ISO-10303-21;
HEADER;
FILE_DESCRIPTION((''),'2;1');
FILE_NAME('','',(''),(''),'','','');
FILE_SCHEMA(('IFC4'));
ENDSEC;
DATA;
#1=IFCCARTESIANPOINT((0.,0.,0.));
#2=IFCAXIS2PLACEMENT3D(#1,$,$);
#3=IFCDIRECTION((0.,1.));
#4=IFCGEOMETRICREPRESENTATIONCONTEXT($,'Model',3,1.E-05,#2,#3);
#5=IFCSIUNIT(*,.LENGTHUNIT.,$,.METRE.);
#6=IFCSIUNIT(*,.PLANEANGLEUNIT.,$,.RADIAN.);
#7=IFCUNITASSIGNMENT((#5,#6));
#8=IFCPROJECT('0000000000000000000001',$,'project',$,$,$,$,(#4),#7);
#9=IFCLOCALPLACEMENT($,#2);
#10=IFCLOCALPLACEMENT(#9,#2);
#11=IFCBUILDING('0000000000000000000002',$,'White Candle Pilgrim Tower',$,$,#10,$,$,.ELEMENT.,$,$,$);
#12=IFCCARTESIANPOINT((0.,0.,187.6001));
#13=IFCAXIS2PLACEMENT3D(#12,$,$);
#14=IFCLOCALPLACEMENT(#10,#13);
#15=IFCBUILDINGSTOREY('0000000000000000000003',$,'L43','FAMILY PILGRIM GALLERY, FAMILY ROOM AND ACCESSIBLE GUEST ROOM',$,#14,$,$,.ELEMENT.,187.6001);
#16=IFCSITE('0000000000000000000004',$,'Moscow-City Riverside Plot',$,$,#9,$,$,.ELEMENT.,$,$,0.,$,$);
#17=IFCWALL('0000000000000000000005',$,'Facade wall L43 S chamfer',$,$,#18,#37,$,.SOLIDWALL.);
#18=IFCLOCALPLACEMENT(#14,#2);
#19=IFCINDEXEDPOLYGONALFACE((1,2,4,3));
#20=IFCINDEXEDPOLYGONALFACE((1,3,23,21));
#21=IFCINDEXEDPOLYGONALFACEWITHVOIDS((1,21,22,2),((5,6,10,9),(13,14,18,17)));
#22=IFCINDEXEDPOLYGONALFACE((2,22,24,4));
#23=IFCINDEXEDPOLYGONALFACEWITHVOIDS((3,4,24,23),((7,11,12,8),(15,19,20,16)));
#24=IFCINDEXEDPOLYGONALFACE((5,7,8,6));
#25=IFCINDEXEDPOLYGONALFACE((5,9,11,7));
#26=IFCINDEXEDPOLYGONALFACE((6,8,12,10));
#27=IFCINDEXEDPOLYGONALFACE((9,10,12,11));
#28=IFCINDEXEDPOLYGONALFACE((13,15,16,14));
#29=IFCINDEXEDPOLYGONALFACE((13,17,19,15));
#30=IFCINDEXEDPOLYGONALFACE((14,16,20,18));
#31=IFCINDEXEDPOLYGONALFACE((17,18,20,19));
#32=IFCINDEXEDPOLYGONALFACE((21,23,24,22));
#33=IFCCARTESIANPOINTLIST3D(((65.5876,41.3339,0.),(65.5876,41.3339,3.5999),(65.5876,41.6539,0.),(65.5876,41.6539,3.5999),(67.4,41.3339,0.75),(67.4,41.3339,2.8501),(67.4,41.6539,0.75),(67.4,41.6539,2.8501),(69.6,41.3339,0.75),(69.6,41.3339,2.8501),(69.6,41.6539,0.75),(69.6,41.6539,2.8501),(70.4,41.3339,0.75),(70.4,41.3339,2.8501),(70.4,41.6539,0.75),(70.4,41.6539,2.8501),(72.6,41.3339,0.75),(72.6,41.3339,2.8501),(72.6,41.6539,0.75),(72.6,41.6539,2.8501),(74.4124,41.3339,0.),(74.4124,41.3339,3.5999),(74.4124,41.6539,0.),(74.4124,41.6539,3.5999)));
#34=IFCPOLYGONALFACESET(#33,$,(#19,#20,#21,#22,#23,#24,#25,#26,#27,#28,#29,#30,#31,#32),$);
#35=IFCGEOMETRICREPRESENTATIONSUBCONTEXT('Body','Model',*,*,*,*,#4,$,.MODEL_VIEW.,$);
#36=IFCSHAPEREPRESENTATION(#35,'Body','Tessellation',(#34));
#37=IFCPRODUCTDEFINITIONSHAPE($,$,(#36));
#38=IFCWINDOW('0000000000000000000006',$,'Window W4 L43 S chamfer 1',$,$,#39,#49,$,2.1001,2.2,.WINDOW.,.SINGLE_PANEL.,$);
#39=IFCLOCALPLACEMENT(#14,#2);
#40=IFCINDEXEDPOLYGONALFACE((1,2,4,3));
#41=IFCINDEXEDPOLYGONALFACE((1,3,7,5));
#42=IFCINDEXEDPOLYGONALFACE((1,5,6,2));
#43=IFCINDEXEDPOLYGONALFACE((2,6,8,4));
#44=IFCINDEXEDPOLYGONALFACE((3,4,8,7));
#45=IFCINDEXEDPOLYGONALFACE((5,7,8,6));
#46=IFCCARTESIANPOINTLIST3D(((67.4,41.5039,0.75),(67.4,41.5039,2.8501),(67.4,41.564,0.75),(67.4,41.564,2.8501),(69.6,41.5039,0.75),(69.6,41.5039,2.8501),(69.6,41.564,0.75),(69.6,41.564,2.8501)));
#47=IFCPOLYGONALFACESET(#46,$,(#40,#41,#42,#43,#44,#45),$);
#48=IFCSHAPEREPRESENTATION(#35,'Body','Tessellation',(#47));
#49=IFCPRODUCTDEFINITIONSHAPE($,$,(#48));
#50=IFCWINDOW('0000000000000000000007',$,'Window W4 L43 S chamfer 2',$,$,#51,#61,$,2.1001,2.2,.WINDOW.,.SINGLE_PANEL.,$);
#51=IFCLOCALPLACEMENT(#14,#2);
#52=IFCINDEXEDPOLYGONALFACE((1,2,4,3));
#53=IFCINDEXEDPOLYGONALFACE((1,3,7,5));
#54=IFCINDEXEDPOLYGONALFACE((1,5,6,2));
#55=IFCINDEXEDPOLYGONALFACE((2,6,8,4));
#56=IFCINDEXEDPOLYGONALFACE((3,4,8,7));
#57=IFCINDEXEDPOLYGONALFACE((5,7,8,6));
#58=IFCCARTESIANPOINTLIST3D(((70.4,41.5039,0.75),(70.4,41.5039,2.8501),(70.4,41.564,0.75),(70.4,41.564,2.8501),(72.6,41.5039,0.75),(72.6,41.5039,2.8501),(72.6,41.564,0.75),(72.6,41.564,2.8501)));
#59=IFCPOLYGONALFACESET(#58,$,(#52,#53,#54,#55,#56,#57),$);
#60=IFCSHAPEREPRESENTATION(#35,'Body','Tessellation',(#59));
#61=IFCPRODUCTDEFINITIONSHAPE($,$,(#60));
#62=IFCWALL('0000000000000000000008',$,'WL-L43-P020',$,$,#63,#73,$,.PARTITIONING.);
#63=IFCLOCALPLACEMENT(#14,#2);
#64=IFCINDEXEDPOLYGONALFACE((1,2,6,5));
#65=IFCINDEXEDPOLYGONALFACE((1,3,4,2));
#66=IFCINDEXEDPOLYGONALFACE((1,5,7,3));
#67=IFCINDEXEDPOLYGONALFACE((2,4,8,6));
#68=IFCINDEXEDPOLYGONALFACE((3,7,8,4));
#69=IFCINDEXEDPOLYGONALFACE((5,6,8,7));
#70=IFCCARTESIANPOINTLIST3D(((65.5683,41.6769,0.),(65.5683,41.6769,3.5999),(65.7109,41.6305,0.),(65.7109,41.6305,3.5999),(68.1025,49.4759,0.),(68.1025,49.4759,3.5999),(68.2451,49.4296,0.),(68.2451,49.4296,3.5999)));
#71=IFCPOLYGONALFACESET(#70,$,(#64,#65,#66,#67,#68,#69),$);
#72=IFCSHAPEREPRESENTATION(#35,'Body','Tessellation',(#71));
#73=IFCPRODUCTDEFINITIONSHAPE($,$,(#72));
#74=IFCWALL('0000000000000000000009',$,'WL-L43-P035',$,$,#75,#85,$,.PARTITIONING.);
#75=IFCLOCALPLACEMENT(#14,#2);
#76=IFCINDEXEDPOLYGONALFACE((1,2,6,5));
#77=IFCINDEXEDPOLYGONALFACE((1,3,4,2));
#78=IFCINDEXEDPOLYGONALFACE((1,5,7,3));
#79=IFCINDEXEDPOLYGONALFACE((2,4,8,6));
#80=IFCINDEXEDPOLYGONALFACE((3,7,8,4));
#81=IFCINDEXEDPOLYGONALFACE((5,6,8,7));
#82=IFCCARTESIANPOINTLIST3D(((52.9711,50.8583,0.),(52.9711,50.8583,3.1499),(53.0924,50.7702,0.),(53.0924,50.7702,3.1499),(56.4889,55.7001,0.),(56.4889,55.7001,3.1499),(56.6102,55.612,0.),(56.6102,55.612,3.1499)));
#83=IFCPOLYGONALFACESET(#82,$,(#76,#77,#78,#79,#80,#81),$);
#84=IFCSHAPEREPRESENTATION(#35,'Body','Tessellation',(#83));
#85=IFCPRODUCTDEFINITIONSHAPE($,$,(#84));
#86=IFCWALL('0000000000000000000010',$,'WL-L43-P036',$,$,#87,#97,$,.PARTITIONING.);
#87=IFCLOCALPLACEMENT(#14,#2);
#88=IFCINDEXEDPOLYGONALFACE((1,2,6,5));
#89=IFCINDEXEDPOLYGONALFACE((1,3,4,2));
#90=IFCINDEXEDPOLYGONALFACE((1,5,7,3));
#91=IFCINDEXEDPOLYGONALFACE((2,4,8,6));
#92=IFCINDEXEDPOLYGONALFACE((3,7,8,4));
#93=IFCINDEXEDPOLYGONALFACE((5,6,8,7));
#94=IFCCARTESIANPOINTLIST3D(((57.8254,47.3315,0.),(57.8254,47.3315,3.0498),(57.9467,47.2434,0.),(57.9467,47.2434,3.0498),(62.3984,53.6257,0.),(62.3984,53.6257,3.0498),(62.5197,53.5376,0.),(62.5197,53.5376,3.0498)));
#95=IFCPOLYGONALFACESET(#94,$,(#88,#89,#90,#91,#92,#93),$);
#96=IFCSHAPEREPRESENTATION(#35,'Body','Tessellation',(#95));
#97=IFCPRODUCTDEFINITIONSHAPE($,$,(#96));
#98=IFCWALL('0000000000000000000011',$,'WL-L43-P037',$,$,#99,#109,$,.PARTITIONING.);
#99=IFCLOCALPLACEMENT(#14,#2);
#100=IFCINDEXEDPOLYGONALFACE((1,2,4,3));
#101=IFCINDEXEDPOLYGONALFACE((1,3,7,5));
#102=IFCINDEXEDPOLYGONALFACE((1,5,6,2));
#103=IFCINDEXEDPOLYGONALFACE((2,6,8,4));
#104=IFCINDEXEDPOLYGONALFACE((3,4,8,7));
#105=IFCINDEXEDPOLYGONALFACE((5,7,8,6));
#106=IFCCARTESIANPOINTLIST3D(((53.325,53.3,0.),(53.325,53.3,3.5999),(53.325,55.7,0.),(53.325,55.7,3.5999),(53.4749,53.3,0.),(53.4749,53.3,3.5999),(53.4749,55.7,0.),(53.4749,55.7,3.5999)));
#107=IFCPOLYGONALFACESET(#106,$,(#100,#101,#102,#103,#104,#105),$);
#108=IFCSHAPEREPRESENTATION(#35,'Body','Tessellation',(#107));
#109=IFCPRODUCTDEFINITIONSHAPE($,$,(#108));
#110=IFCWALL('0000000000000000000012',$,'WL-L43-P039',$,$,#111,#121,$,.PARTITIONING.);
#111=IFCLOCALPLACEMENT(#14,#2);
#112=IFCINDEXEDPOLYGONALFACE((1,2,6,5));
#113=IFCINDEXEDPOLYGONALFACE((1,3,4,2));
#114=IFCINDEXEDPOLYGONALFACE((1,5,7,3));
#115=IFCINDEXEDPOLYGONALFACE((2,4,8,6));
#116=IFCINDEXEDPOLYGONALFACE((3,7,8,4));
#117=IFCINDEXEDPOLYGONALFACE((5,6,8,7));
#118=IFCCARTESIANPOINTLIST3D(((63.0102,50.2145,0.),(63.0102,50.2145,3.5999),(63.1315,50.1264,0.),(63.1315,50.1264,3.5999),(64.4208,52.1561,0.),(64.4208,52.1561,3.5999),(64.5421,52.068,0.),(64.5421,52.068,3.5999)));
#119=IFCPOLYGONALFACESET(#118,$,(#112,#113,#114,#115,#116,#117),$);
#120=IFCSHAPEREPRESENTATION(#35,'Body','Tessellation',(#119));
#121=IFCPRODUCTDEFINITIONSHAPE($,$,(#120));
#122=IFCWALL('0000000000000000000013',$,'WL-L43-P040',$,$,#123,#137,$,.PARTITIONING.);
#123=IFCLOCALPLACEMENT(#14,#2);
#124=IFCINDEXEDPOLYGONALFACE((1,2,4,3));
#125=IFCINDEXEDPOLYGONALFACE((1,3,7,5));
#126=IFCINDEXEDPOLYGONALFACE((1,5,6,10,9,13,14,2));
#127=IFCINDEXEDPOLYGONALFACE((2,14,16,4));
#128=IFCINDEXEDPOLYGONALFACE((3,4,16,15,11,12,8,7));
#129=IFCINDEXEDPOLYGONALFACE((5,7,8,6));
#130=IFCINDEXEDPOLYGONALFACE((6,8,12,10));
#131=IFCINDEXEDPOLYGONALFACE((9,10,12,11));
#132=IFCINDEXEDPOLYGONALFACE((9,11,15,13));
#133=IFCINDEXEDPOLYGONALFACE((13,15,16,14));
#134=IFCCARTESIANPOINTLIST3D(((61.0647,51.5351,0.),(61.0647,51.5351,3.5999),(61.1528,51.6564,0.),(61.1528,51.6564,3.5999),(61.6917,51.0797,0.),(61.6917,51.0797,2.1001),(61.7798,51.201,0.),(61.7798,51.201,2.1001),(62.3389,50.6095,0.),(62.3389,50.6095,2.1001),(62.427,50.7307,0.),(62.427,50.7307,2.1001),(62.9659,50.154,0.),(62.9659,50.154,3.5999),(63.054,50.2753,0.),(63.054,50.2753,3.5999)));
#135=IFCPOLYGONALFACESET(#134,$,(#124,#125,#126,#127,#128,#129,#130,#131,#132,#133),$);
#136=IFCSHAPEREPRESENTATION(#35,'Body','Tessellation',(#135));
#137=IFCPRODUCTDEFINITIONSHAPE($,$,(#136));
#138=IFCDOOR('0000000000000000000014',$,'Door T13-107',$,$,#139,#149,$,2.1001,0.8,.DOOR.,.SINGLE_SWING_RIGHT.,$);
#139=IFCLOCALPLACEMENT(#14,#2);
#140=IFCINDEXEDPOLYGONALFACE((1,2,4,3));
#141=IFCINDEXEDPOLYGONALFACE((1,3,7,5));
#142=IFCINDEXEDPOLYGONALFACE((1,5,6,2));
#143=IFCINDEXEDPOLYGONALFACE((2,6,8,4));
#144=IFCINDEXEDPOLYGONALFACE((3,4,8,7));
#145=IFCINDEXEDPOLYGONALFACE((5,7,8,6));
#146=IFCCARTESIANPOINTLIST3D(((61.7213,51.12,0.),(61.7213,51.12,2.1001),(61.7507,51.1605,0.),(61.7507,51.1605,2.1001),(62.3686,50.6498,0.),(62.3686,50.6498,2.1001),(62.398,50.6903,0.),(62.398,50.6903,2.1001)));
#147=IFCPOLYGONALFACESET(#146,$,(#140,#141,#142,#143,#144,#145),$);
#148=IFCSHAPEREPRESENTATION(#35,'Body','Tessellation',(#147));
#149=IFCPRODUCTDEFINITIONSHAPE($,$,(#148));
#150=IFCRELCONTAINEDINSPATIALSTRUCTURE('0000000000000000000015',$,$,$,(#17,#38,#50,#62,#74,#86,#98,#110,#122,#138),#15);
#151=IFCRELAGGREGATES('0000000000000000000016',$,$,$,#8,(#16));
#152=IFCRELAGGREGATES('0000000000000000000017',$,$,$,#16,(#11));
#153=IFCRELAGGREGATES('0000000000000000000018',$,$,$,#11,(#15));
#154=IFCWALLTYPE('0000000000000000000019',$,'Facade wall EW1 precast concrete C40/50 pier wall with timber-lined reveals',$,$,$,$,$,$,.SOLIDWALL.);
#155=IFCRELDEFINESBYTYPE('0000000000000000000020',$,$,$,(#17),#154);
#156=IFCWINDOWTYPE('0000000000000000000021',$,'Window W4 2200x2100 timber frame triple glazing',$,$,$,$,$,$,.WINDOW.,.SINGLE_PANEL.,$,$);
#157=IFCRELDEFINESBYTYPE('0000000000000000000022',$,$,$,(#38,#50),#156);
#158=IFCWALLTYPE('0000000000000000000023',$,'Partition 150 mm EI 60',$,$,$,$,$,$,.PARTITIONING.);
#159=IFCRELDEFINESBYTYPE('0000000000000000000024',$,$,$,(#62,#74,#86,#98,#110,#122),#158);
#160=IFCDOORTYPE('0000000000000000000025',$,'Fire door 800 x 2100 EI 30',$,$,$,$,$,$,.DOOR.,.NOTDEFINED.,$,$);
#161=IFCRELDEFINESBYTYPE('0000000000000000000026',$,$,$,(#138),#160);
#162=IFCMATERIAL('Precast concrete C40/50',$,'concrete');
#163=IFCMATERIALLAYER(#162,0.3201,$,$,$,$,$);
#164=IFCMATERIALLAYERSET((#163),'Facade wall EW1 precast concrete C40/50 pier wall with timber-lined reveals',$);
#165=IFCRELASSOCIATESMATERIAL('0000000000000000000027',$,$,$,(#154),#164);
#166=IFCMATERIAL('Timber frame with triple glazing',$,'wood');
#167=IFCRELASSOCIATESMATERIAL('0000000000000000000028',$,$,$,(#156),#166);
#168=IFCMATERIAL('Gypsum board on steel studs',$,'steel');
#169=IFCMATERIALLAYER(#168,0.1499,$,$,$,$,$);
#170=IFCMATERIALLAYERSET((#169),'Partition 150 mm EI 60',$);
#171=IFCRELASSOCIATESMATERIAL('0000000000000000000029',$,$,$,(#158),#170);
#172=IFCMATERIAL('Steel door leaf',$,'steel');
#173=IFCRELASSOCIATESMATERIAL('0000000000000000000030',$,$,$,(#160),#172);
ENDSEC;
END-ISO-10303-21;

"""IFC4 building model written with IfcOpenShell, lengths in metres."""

from ifc_helpers import new_model, si_unit, direction, frame, frame_2d, origin, place, context, subcontext, project, spatial, rectangle, extrude, material, layer, layer_set, type_object, element, fill, save


model = new_model("IFC4")

# Units and contexts
model_context = context("Model", 3, precision=1e-05, world=origin(), true_north=direction((0.0, 1.0)))
body_context = subcontext(model_context, "Body", "Model", "MODEL_VIEW")
ifc_project = project(units=[si_unit("LENGTHUNIT", "METRE"), si_unit("PLANEANGLEUNIT", "RADIAN")], contexts=[model_context])

# Site, building, storey
site_placement = place(None, origin())
site = spatial("IfcSite", under=ifc_project, at=site_placement, Name="Moscow-City Riverside Plot", CompositionType="ELEMENT", RefElevation=0.0)
building_placement = place(site_placement, origin())
building = spatial("IfcBuilding", under=site, at=building_placement, Name="White Candle Pilgrim Tower", CompositionType="ELEMENT")
storey_placement = place(building_placement, frame((0.0, 0.0, 187.6001)))
storey = spatial("IfcBuildingStorey", under=building, at=storey_placement, Name="L43", Description="FAMILY PILGRIM GALLERY, FAMILY ROOM AND ACCESSIBLE GUEST ROOM", CompositionType="ELEMENT", Elevation=187.6001)

# Wall, openings, windows
ifc_material_1 = material(Name="Precast concrete C40/50", Category="concrete")
ifc_layer_1 = layer(ifc_material_1, 0.3201)
ifc_layer_set_1 = layer_set([ifc_layer_1], Name="Facade wall EW1 precast concrete C40/50 pier wall with timber-lined reveals")
wall_type_1 = type_object("IfcWallType", Name="Facade wall EW1 precast concrete C40/50 pier wall with timber-lined reveals", PredefinedType="SOLIDWALL", material=ifc_layer_set_1)
wall_1_placement = place(storey_placement, frame((65.5876, 41.4939, 0.0), z_axis=(0.0, 0.0, 1.0), x_axis=(1.0, 0.0, 0.0)))
wall_1 = element("IfcWall", 1, at=wall_1_placement, inside=storey, type_object=wall_type_1, Name="Facade wall L43 S chamfer", PredefinedType="SOLIDWALL", context=body_context, shape_type="SweptSolid", body=[
    extrude(rectangle(XDim=8.8247, YDim=0.3201, at=frame_2d((4.4124, 0.0))), origin(), (0.0, 0.0, 1.0), 3.5999),
])
opening_1_placement = place(wall_1_placement, frame((1.8123, 0.0, 0.75)))
opening_1 = element("IfcOpeningElement", 2, at=opening_1_placement, cuts=wall_1, PredefinedType="OPENING", context=body_context, shape_type="SweptSolid", body=[
    extrude(rectangle(XDim=2.2, YDim=2.1001, at=frame_2d((1.1001, 1.05))), frame((0.0, 0.1699, 0.0), z_axis=(0.0, -1.0, 0.0), x_axis=(1.0, 0.0, 0.0)), (0.0, 0.0, 1.0), 0.3401),
])
opening_2_placement = place(wall_1_placement, frame((4.8123, 0.0, 0.75)))
opening_2 = element("IfcOpeningElement", 3, at=opening_2_placement, cuts=wall_1, PredefinedType="OPENING", context=body_context, shape_type="SweptSolid", body=[
    extrude(rectangle(XDim=2.2, YDim=2.1001, at=frame_2d((1.1001, 1.05))), frame((0.0, 0.1699, 0.0), z_axis=(0.0, -1.0, 0.0), x_axis=(1.0, 0.0, 0.0)), (0.0, 0.0, 1.0), 0.3401),
])
ifc_material_2 = material(Name="Timber frame with triple glazing", Category="wood")
window_type = type_object("IfcWindowType", Name="Window W4 2200x2100 timber frame triple glazing", PartitioningType="SINGLE_PANEL", PredefinedType="WINDOW", material=ifc_material_2)
window_1_placement = place(opening_1_placement, origin())
window_1 = element("IfcWindow", 4, at=window_1_placement, inside=storey, type_object=window_type, Name="Window W4 L43 S chamfer 1", OverallHeight=2.1001, OverallWidth=2.2, PartitioningType="SINGLE_PANEL", PredefinedType="WINDOW", context=body_context, shape_type="SweptSolid", body=[
    extrude(rectangle(XDim=2.2, YDim=2.1001, at=frame_2d((1.1001, 1.05))), frame((0.0, 0.0701, 0.0), z_axis=(0.0, -1.0, 0.0), x_axis=(1.0, 0.0, 0.0)), (0.0, 0.0, 1.0), 0.0601),
])
fill(opening_1, window_1)
window_2_placement = place(opening_2_placement, origin())
window_2 = element("IfcWindow", 5, at=window_2_placement, inside=storey, type_object=window_type, Name="Window W4 L43 S chamfer 2", OverallHeight=2.1001, OverallWidth=2.2, PartitioningType="SINGLE_PANEL", PredefinedType="WINDOW", context=body_context, shape_type="SweptSolid", body=[
    extrude(rectangle(XDim=2.2, YDim=2.1001, at=frame_2d((1.1001, 1.05))), frame((0.0, 0.0701, 0.0), z_axis=(0.0, -1.0, 0.0), x_axis=(1.0, 0.0, 0.0)), (0.0, 0.0, 1.0), 0.0601),
])
fill(opening_2, window_2)

# Walls
ifc_material_3 = material(Name="Gypsum board on steel studs", Category="steel")
ifc_layer_2 = layer(ifc_material_3, 0.1499)
ifc_layer_set_2 = layer_set([ifc_layer_2], Name="Partition 150 mm EI 60")
wall_type_2 = type_object("IfcWallType", Name="Partition 150 mm EI 60", PredefinedType="PARTITIONING", material=ifc_layer_set_2)
wall_2_placement = place(storey_placement, frame((65.6396, 41.6538, 0.0), z_axis=(0.0, 0.0, 1.0), x_axis=(0.309029, 0.951053, 0.0)))
element("IfcWall", 6, at=wall_2_placement, inside=storey, type_object=wall_type_2, Name="WL-L43-P020", PredefinedType="PARTITIONING", context=body_context, shape_type="SweptSolid", body=[
    extrude(rectangle(XDim=8.2004, YDim=0.1499, at=frame_2d((4.1001, 0.0))), origin(), (0.0, 0.0, 1.0), 3.5999),
])
wall_3_placement = place(storey_placement, frame((53.0317, 50.8142, 0.0), z_axis=(0.0, 0.0, 1.0), x_axis=(0.587791, 0.809013, 0.0)))
element("IfcWall", 7, at=wall_3_placement, inside=storey, type_object=wall_type_2, Name="WL-L43-P035", PredefinedType="PARTITIONING", context=body_context, shape_type="SweptSolid", body=[
    extrude(rectangle(XDim=5.9849, YDim=0.1499, at=frame_2d((2.9924, 0.0))), origin(), (0.0, 0.0, 1.0), 3.1499),
])
wall_4_placement = place(storey_placement, frame((57.886, 47.2874, 0.0), z_axis=(0.0, 0.0, 1.0), x_axis=(0.587785, 0.809017, 0.0)))
element("IfcWall", 8, at=wall_4_placement, inside=storey, type_object=wall_type_2, Name="WL-L43-P036", PredefinedType="PARTITIONING", context=body_context, shape_type="SweptSolid", body=[
    extrude(rectangle(XDim=7.78, YDim=0.1499, at=frame_2d((3.8901, 0.0))), origin(), (0.0, 0.0, 1.0), 3.0498),
])
for number, where, z_axis, x_axis, name in (
    (9, (53.3999, 55.7, 0.0), (0.0, 0.0, 1.0), (0.0, -1.0, 0.0), "WL-L43-P037"),
    (10, (64.4814, 52.1121, 0.0), (0.0, 0.0, 1.0), (-0.587772, -0.809026, 0.0), "WL-L43-P039"),
):
    element("IfcWall", number, at=place(storey_placement, frame(where, z_axis=z_axis, x_axis=x_axis)), inside=storey, type_object=wall_type_2, Name=name, PredefinedType="PARTITIONING", context=body_context, shape_type="SweptSolid", body=[
        extrude(rectangle(XDim=2.3999, YDim=0.1499, at=frame_2d((1.2, 0.0))), origin(), (0.0, 0.0, 1.0), 3.5999),
    ])

# Wall, opening, door
wall_5_placement = place(storey_placement, frame((61.1089, 51.5957, 0.0), z_axis=(0.0, 0.0, 1.0), x_axis=(0.809046, -0.587745, 0.0)))
wall_5 = element("IfcWall", 11, at=wall_5_placement, inside=storey, type_object=wall_type_2, Name="WL-L43-P040", PredefinedType="PARTITIONING", context=body_context, shape_type="SweptSolid", body=[
    extrude(rectangle(XDim=2.3499, YDim=0.1499, at=frame_2d((1.1748, 0.0))), origin(), (0.0, 0.0, 1.0), 3.5999),
])
opening_3_placement = place(wall_5_placement, frame((0.7749, 0.0, 0.0)))
opening_3 = element("IfcOpeningElement", 12, at=opening_3_placement, cuts=wall_5, PredefinedType="OPENING", context=body_context, shape_type="SweptSolid", body=[
    extrude(rectangle(XDim=0.8, YDim=2.1001, at=frame_2d((0.3999, 1.05))), frame((0.0, 0.085, 0.0), z_axis=(0.0, -1.0, 0.0), x_axis=(1.0, 0.0, 0.0)), (0.0, 0.0, 1.0), 0.1699),
])
ifc_material_4 = material(Name="Steel door leaf", Category="steel")
door_type = type_object("IfcDoorType", Name="Fire door 800 x 2100 EI 30", OperationType="NOTDEFINED", PredefinedType="DOOR", material=ifc_material_4)
door_placement = place(opening_3_placement, frame((0.8, 0.0, 0.0), z_axis=(0.0, 0.0, 1.0), x_axis=(-1.0, 0.0, 0.0)))
door = element("IfcDoor", 13, at=door_placement, inside=storey, type_object=door_type, Name="Door T13-107", OperationType="SINGLE_SWING_RIGHT", OverallHeight=2.1001, OverallWidth=0.8, PredefinedType="DOOR", context=body_context, shape_type="SweptSolid", body=[
    extrude(rectangle(XDim=0.8, YDim=2.1001, at=frame_2d((0.3999, 1.05))), frame((0.0, 0.0249, 0.0), z_axis=(0.0, -1.0, 0.0), x_axis=(1.0, 0.0, 0.0)), (0.0, 0.0, 1.0), 0.05),
])
fill(opening_3, door)

save(model, "model.ifc")
